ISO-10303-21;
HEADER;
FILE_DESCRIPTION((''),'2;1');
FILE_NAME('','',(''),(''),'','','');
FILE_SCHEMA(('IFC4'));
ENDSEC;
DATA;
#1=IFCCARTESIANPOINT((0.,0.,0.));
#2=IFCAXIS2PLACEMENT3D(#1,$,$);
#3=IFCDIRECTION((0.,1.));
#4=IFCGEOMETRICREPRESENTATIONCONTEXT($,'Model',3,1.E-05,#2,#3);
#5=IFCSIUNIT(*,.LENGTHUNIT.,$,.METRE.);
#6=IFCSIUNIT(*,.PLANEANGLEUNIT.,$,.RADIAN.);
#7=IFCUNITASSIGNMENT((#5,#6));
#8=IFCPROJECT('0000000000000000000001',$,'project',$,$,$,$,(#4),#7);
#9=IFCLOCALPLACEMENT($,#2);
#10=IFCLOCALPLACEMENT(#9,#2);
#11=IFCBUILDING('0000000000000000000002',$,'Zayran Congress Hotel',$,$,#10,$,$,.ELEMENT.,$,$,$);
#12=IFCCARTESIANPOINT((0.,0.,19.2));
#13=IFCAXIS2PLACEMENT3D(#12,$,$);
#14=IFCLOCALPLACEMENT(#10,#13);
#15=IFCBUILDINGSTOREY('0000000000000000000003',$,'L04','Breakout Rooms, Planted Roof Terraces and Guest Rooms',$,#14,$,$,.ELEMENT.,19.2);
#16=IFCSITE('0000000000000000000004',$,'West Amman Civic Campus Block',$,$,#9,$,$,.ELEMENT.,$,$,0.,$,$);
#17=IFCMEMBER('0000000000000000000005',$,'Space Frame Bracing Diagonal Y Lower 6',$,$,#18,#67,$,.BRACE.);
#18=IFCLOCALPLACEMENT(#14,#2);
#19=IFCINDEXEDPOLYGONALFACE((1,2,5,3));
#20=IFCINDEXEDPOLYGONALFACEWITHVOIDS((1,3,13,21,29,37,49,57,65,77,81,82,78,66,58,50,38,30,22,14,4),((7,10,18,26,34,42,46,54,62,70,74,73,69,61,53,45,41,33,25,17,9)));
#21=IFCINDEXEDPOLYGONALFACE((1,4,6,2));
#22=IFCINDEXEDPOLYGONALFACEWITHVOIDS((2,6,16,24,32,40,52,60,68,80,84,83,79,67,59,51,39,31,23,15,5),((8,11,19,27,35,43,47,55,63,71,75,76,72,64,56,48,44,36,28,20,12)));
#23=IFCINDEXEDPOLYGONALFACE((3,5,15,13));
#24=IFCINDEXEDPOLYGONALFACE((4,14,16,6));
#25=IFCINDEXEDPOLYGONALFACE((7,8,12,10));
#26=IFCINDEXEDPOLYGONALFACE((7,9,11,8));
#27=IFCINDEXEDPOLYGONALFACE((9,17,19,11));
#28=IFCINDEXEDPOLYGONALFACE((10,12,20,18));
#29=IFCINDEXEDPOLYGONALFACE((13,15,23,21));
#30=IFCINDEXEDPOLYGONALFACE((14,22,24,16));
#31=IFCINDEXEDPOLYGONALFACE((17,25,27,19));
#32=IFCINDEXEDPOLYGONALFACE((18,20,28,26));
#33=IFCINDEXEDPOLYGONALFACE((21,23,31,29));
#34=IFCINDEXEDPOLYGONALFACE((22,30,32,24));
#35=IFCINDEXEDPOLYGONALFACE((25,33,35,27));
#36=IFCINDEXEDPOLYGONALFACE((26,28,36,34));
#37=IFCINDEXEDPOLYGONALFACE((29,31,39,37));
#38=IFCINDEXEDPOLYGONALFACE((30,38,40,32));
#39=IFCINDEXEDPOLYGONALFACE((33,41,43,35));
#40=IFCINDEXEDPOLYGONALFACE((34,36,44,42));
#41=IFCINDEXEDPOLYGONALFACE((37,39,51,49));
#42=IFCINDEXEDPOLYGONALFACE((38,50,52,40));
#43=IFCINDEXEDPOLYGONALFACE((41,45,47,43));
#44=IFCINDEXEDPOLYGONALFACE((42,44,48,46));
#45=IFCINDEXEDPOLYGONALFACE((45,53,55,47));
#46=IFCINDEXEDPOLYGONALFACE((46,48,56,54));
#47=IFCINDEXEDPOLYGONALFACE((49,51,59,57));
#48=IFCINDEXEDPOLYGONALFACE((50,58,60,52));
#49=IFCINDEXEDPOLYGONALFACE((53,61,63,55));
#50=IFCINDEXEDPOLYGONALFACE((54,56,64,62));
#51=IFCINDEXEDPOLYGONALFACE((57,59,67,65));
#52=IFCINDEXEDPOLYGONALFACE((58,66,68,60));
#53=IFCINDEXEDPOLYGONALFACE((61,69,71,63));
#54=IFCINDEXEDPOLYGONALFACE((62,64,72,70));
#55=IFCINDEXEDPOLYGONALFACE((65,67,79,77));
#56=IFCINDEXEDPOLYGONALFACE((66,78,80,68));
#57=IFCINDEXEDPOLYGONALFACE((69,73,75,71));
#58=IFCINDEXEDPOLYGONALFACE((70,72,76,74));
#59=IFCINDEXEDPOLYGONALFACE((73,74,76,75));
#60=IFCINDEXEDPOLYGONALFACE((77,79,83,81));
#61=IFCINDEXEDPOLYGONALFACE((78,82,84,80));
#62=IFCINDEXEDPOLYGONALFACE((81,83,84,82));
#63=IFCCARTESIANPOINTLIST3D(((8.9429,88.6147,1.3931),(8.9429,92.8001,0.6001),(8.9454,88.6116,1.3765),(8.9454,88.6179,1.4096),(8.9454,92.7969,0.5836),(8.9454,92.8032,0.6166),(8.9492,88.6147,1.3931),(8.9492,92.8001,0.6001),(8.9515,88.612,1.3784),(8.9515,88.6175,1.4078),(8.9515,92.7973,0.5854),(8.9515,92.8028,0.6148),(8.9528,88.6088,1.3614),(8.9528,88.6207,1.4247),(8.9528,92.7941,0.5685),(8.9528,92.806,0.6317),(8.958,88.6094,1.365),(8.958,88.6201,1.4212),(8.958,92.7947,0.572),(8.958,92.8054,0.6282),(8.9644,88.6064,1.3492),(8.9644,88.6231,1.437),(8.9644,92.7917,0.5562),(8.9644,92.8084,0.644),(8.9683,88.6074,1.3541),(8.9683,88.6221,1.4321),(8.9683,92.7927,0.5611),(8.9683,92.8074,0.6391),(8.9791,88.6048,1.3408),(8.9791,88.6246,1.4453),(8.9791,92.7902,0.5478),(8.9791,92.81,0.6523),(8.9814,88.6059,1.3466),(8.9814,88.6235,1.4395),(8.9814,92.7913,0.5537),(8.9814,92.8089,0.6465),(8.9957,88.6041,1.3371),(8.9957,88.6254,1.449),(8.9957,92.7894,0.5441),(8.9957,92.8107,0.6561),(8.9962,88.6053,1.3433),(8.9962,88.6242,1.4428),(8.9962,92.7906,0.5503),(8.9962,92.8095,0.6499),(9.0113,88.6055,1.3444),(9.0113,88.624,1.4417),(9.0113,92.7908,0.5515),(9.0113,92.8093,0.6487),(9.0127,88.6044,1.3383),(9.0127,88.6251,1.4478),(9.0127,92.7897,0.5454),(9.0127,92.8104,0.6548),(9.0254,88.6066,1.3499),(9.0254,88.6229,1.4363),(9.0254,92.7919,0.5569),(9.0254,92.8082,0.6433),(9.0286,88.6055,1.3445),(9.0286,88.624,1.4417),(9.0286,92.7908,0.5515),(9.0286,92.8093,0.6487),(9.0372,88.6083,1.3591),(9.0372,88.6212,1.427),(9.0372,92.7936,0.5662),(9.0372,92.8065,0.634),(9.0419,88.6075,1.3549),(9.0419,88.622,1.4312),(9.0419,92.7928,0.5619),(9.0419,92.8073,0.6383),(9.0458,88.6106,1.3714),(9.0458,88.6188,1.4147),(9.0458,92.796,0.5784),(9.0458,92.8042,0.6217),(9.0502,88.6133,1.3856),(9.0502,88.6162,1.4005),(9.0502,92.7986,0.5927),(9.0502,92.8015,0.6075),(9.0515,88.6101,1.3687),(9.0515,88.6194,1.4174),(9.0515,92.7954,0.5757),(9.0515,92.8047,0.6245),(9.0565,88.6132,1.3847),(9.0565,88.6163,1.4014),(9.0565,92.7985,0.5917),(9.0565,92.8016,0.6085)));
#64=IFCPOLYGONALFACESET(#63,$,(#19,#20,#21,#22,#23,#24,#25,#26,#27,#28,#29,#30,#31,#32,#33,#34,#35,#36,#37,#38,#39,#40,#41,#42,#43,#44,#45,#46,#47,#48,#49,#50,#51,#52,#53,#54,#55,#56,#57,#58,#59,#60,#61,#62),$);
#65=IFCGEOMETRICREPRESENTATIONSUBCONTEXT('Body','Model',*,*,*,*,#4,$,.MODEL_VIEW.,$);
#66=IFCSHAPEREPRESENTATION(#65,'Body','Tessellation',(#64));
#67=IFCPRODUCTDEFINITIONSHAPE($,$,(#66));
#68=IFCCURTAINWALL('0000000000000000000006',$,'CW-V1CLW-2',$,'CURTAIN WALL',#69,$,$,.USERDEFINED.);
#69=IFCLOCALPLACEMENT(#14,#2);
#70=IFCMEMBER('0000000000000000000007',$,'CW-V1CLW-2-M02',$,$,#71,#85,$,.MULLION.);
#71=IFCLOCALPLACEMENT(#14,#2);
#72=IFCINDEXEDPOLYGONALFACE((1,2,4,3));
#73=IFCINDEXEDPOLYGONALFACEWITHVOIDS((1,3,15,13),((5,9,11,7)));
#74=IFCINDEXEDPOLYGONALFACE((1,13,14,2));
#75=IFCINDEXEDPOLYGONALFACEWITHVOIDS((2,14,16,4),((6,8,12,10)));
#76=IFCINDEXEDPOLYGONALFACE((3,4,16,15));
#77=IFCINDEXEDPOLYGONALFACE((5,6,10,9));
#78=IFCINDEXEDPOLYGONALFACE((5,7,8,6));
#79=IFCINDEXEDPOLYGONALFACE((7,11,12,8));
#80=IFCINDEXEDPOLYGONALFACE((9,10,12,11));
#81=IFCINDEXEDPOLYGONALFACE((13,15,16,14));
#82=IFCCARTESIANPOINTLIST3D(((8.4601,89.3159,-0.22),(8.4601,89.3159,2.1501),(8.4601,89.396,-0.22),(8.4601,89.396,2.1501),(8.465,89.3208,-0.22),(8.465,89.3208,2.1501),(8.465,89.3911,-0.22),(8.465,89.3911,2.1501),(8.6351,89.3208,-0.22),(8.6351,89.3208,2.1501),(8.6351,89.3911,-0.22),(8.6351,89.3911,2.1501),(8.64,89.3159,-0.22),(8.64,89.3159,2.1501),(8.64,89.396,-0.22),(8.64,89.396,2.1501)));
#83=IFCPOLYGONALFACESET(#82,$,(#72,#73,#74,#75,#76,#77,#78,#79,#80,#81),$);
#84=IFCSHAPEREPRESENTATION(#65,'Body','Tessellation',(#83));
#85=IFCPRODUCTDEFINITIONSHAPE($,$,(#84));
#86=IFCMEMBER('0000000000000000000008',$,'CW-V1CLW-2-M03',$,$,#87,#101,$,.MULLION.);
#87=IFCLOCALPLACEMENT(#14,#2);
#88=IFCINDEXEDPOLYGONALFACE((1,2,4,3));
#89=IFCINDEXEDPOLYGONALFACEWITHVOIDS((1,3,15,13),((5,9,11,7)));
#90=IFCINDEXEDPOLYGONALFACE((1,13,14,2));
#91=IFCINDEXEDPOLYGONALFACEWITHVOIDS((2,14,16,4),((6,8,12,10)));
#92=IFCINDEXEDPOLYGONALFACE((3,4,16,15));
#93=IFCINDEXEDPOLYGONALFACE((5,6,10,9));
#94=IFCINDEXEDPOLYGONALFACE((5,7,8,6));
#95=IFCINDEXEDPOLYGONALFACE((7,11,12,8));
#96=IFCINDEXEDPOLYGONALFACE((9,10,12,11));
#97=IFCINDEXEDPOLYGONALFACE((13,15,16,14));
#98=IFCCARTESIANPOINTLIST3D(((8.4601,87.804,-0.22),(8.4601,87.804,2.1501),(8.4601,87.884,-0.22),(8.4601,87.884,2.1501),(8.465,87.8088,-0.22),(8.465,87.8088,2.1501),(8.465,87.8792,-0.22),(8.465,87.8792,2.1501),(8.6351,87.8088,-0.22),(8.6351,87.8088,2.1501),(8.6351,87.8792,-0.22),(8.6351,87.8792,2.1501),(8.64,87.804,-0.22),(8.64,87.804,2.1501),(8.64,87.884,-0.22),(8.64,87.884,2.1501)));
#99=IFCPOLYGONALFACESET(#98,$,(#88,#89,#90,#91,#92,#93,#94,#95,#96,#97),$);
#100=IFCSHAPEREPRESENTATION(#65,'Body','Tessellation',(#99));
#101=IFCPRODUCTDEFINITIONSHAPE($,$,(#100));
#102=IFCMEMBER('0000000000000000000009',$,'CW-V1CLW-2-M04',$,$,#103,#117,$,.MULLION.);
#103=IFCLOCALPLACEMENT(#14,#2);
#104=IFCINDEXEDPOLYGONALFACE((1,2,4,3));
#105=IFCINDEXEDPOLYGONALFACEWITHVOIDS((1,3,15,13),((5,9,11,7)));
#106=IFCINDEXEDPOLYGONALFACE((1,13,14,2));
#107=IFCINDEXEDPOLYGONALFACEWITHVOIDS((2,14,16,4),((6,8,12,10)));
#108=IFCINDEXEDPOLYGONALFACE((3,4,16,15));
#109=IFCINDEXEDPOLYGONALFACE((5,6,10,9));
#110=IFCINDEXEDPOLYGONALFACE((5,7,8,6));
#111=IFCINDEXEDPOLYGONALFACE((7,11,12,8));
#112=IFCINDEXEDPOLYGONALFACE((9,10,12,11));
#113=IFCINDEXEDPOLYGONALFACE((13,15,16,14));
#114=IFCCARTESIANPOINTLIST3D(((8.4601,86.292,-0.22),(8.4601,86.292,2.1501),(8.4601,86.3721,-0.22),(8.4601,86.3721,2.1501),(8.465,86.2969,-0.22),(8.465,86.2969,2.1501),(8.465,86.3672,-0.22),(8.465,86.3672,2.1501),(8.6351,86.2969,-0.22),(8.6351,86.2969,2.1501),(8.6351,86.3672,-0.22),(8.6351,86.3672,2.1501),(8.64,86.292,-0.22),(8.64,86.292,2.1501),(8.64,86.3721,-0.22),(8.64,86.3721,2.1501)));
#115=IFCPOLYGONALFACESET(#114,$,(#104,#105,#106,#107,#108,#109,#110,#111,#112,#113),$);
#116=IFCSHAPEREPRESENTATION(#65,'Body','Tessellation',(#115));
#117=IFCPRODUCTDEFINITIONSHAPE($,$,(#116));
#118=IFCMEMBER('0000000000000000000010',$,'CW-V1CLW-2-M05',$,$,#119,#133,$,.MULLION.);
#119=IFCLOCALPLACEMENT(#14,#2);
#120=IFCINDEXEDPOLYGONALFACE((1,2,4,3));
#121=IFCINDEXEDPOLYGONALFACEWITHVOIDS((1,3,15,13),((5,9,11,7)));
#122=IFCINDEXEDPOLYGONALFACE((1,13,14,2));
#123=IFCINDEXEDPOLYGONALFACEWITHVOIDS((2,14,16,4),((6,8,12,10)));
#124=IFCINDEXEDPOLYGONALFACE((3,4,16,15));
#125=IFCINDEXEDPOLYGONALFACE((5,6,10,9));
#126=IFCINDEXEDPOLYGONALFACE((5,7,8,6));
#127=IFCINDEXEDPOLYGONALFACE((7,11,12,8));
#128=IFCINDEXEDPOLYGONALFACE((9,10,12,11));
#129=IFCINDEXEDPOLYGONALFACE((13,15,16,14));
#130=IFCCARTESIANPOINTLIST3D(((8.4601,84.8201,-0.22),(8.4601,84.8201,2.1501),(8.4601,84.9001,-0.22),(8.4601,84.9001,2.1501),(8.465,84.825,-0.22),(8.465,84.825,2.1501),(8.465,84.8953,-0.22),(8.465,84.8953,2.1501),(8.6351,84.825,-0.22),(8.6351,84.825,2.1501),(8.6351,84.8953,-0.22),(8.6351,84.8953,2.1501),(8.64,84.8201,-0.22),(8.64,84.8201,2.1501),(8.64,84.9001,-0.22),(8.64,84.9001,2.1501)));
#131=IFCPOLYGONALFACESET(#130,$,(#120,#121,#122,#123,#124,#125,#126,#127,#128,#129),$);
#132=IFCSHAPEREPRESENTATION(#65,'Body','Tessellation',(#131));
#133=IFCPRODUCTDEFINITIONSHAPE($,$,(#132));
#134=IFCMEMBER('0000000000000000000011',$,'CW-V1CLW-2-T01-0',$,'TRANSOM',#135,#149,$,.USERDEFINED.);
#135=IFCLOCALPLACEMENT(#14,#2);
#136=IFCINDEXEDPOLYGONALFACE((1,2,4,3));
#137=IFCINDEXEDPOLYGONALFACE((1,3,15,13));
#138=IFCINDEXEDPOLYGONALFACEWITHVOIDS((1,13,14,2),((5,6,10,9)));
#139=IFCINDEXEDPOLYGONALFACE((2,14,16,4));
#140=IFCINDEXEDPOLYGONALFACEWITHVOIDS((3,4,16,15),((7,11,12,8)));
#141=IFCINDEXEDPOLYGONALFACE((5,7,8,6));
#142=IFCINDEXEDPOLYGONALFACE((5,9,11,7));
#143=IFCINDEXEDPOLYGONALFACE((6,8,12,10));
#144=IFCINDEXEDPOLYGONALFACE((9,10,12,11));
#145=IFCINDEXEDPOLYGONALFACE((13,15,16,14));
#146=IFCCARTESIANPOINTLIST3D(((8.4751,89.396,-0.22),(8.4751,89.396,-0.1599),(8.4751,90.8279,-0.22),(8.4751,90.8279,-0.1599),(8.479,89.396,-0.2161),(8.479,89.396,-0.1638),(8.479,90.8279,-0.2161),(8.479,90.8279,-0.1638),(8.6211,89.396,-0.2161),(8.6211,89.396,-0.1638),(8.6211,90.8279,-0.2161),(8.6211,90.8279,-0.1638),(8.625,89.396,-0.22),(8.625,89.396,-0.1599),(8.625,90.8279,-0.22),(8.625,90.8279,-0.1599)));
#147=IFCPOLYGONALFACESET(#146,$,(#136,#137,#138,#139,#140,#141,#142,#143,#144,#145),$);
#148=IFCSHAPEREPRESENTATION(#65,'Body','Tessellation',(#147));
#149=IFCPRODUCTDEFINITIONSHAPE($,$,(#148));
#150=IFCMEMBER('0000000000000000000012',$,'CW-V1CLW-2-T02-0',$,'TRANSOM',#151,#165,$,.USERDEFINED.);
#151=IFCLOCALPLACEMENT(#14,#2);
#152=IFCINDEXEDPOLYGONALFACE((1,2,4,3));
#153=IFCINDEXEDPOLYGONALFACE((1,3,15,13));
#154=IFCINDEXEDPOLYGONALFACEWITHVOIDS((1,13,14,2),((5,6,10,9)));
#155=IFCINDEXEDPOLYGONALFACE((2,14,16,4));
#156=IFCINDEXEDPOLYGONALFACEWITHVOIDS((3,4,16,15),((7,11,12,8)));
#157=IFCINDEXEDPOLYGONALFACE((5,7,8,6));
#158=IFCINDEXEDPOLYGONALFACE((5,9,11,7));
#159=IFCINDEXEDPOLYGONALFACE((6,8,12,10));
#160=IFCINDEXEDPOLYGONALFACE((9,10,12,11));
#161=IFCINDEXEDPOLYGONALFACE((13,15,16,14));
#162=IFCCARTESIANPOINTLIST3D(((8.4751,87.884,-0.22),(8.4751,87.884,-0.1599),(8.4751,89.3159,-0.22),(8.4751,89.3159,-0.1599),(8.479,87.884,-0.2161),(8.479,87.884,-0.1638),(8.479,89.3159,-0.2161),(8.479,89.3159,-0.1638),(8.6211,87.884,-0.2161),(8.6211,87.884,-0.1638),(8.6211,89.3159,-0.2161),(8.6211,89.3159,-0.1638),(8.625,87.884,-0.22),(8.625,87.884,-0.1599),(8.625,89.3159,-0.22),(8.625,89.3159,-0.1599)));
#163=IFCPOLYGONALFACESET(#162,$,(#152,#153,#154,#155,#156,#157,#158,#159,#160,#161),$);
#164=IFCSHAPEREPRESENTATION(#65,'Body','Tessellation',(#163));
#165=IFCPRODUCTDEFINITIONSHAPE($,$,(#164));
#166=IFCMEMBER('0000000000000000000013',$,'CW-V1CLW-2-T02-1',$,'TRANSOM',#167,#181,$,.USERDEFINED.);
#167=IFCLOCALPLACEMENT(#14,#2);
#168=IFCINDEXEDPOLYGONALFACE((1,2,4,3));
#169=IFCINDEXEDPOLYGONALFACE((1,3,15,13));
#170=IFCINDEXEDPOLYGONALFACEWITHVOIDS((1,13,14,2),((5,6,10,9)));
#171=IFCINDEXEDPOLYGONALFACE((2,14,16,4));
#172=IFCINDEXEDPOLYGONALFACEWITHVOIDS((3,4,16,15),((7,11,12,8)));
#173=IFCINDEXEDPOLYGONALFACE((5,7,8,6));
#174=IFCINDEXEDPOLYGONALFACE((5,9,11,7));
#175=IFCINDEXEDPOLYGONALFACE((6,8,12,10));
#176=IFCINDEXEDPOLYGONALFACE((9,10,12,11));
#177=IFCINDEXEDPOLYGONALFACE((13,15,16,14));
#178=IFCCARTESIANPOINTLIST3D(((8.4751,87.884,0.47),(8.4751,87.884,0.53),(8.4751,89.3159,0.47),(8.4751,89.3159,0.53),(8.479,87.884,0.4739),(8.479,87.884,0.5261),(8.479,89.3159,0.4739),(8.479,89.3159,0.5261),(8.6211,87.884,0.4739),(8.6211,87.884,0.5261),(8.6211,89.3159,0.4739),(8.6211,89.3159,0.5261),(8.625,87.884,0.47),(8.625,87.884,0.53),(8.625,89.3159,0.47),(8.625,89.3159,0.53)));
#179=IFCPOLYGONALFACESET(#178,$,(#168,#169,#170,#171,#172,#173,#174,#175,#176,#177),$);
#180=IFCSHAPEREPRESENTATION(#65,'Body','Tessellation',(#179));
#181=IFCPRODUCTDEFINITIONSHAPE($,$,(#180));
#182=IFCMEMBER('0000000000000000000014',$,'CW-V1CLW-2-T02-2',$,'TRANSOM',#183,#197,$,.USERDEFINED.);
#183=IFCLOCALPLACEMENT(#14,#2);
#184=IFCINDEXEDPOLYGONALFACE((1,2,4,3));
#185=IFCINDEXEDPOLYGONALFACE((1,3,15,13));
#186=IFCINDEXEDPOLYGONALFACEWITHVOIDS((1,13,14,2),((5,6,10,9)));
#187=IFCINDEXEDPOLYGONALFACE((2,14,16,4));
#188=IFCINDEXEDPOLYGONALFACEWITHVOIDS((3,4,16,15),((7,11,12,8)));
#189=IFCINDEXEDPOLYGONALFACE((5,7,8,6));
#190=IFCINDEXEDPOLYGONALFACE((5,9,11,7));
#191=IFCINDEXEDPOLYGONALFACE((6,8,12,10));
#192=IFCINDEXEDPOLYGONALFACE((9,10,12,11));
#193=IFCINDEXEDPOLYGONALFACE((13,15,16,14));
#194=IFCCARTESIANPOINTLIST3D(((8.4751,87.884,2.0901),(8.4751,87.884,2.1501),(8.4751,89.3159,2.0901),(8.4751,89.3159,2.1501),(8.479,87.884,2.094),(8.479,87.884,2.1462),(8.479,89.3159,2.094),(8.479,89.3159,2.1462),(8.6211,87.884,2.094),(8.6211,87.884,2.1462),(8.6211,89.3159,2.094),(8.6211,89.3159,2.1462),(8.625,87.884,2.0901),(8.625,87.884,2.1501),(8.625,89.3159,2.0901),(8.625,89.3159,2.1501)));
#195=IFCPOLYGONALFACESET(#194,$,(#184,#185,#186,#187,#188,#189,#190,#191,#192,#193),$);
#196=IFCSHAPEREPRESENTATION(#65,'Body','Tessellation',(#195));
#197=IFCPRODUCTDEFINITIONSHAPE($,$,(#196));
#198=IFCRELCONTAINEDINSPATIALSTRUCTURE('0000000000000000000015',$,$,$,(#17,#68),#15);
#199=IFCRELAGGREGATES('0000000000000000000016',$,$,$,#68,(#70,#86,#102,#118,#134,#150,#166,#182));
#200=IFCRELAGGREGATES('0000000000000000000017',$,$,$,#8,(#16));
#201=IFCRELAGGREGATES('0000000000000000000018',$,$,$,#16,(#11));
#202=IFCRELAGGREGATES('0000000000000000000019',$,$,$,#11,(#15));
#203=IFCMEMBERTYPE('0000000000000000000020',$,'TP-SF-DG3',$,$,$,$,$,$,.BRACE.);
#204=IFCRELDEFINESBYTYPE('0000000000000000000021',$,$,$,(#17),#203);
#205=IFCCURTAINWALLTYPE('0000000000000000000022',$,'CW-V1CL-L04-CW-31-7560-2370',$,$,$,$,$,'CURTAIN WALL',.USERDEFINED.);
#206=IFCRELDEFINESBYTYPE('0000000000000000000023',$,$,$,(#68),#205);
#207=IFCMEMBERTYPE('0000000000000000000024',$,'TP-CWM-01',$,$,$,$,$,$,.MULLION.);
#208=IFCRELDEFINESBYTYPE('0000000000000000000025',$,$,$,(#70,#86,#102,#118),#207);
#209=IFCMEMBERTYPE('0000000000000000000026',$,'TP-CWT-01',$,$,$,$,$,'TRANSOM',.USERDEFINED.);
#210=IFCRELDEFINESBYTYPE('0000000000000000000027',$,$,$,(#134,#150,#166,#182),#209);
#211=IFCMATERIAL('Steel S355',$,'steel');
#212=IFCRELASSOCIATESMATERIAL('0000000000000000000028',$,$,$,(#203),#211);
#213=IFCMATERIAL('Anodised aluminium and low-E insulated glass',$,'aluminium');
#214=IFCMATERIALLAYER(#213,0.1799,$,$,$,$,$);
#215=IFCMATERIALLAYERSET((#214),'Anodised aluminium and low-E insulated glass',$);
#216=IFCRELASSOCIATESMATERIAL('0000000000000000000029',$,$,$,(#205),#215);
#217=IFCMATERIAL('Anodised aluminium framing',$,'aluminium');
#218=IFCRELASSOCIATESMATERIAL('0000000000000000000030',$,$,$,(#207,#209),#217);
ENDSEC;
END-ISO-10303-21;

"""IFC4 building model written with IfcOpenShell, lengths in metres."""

from ifc_helpers import new_model, si_unit, direction, frame, origin, origin_2d, place, context, subcontext, project, spatial, hollow_rectangle, hollow_circle, extrude, material, layer, layer_set, material_profile, profile_set, type_object, element, aggregate, save


model = new_model("IFC4")

# Units and contexts
model_context = context("Model", 3, precision=1e-05, world=origin(), true_north=direction((0.0, 1.0)))
body_context = subcontext(model_context, "Body", "Model", "MODEL_VIEW")
ifc_project = project(units=[si_unit("LENGTHUNIT", "METRE"), si_unit("PLANEANGLEUNIT", "RADIAN")], contexts=[model_context])

# Site, building, storey
site_placement = place(None, origin())
site = spatial("IfcSite", under=ifc_project, at=site_placement, Name="West Amman Civic Campus Block", CompositionType="ELEMENT", RefElevation=0.0)
building_placement = place(site_placement, origin())
building = spatial("IfcBuilding", under=site, at=building_placement, Name="Zayran Congress Hotel", CompositionType="ELEMENT")
storey_placement = place(building_placement, frame((0.0, 0.0, 19.2)))
storey = spatial("IfcBuildingStorey", under=building, at=storey_placement, Name="L04", Description="Breakout Rooms, Planted Roof Terraces and Guest Rooms", CompositionType="ELEMENT", Elevation=19.2)

# Member
ifc_material_1 = material(Name="Steel S355", Category="steel")
ifc_material_profile_1 = material_profile(ifc_material_1, hollow_circle(Radius=0.0571, WallThickness=0.0063, at=origin_2d()), Name="CHS 114.3x6.3")
ifc_profile_set_1 = profile_set([ifc_material_profile_1], Name="Steel S355")
member_type_1 = type_object("IfcMemberType", Name="TP-SF-DG3", PredefinedType="BRACE", material=ifc_profile_set_1)
member_1_placement = place(storey_placement, frame((9.0, 88.6147, 1.3931), z_axis=(0.0, 0.982521, -0.186153), x_axis=(-1.0, 0.0, 0.0)))
element("IfcMember", 1, at=member_1_placement, inside=storey, type_object=member_type_1, Name="Space Frame Bracing Diagonal Y Lower 6", PredefinedType="BRACE", context=body_context, shape_type="SweptSolid", body=[
    extrude(hollow_circle(Radius=0.0571, WallThickness=0.0063, at=origin_2d()), origin(), (0.0, 0.0, 1.0), 4.2598),
])

# Curtain wall, members
ifc_material_2 = material(Name="Anodised aluminium and low-E insulated glass", Category="aluminium")
ifc_layer_1 = layer(ifc_material_2, 0.1799)
ifc_layer_set_1 = layer_set([ifc_layer_1], Name="Anodised aluminium and low-E insulated glass")
curtain_wall_type = type_object("IfcCurtainWallType", Name="CW-V1CL-L04-CW-31-7560-2370", ElementType="CURTAIN WALL", PredefinedType="USERDEFINED", material=ifc_layer_set_1)
curtain_wall_placement = place(storey_placement, origin())
curtain_wall = element("IfcCurtainWall", 2, at=curtain_wall_placement, inside=storey, type_object=curtain_wall_type, Name="CW-V1CLW-2", ObjectType="CURTAIN WALL", PredefinedType="USERDEFINED")
ifc_material_3 = material(Name="Anodised aluminium framing", Category="aluminium")
ifc_material_profile_2 = material_profile(ifc_material_3, hollow_rectangle(XDim=0.0801, YDim=0.1799, WallThickness=0.0049, at=origin_2d()), Name="RHS 180x80x5")
ifc_profile_set_2 = profile_set([ifc_material_profile_2], Name="Anodised aluminium framing")
member_type_2 = type_object("IfcMemberType", Name="TP-CWM-01", PredefinedType="MULLION", material=ifc_profile_set_2)
member_2_placement = place(storey_placement, frame((8.55, 89.356, -0.22), z_axis=(0.0, 0.0, 1.0), x_axis=(0.0, 1.0, 0.0)))
member_2 = element("IfcMember", 3, at=member_2_placement, type_object=member_type_2, Name="CW-V1CLW-2-M02", PredefinedType="MULLION", context=body_context, shape_type="SweptSolid", body=[
    extrude(hollow_rectangle(XDim=0.0801, YDim=0.1799, WallThickness=0.0049, at=origin_2d()), origin(), (0.0, 0.0, 1.0), 2.3701),
])
member_3_placement = place(storey_placement, frame((8.55, 87.844, -0.22), z_axis=(0.0, 0.0, 1.0), x_axis=(0.0, 1.0, 0.0)))
member_3 = element("IfcMember", 4, at=member_3_placement, type_object=member_type_2, Name="CW-V1CLW-2-M03", PredefinedType="MULLION", context=body_context, shape_type="SweptSolid", body=[
    extrude(hollow_rectangle(XDim=0.0801, YDim=0.1799, WallThickness=0.0049, at=origin_2d()), origin(), (0.0, 0.0, 1.0), 2.3701),
])
member_4_placement = place(storey_placement, frame((8.55, 86.332, -0.22), z_axis=(0.0, 0.0, 1.0), x_axis=(0.0, 1.0, 0.0)))
member_4 = element("IfcMember", 5, at=member_4_placement, type_object=member_type_2, Name="CW-V1CLW-2-M04", PredefinedType="MULLION", context=body_context, shape_type="SweptSolid", body=[
    extrude(hollow_rectangle(XDim=0.0801, YDim=0.1799, WallThickness=0.0049, at=origin_2d()), origin(), (0.0, 0.0, 1.0), 2.3701),
])
member_5_placement = place(storey_placement, frame((8.55, 84.8601, -0.22), z_axis=(0.0, 0.0, 1.0), x_axis=(0.0, 1.0, 0.0)))
member_5 = element("IfcMember", 6, at=member_5_placement, type_object=member_type_2, Name="CW-V1CLW-2-M05", PredefinedType="MULLION", context=body_context, shape_type="SweptSolid", body=[
    extrude(hollow_rectangle(XDim=0.0801, YDim=0.1799, WallThickness=0.0049, at=origin_2d()), origin(), (0.0, 0.0, 1.0), 2.3701),
])
ifc_material_profile_3 = material_profile(ifc_material_3, hollow_rectangle(XDim=0.0601, YDim=0.1499, WallThickness=0.0039, at=origin_2d()), Name="RHS 150x60x4")
ifc_profile_set_3 = profile_set([ifc_material_profile_3], Name="Anodised aluminium framing")
member_type_3 = type_object("IfcMemberType", Name="TP-CWT-01", ElementType="TRANSOM", PredefinedType="USERDEFINED", material=ifc_profile_set_3)
member_6_placement = place(storey_placement, frame((8.55, 90.8279, -0.1899), z_axis=(0.0, -1.0, 0.0), x_axis=(0.0, 0.0, 1.0)))
member_6 = element("IfcMember", 7, at=member_6_placement, type_object=member_type_3, Name="CW-V1CLW-2-T01-0", ObjectType="TRANSOM", PredefinedType="USERDEFINED", context=body_context, shape_type="SweptSolid", body=[
    extrude(hollow_rectangle(XDim=0.0601, YDim=0.1499, WallThickness=0.0039, at=origin_2d()), origin(), (0.0, 0.0, 1.0), 1.4319),
])
member_7_placement = place(storey_placement, frame((8.55, 89.3159, -0.1899), z_axis=(0.0, -1.0, 0.0), x_axis=(0.0, 0.0, 1.0)))
member_7 = element("IfcMember", 8, at=member_7_placement, type_object=member_type_3, Name="CW-V1CLW-2-T02-0", ObjectType="TRANSOM", PredefinedType="USERDEFINED", context=body_context, shape_type="SweptSolid", body=[
    extrude(hollow_rectangle(XDim=0.0601, YDim=0.1499, WallThickness=0.0039, at=origin_2d()), origin(), (0.0, 0.0, 1.0), 1.4319),
])
member_8_placement = place(storey_placement, frame((8.55, 89.3159, 0.5), z_axis=(0.0, -1.0, 0.0), x_axis=(0.0, 0.0, 1.0)))
member_8 = element("IfcMember", 9, at=member_8_placement, type_object=member_type_3, Name="CW-V1CLW-2-T02-1", ObjectType="TRANSOM", PredefinedType="USERDEFINED", context=body_context, shape_type="SweptSolid", body=[
    extrude(hollow_rectangle(XDim=0.0601, YDim=0.1499, WallThickness=0.0039, at=origin_2d()), origin(), (0.0, 0.0, 1.0), 1.4319),
])
member_9_placement = place(storey_placement, frame((8.55, 89.3159, 2.1201), z_axis=(0.0, -1.0, 0.0), x_axis=(0.0, 0.0, 1.0)))
member_9 = element("IfcMember", 10, at=member_9_placement, type_object=member_type_3, Name="CW-V1CLW-2-T02-2", ObjectType="TRANSOM", PredefinedType="USERDEFINED", context=body_context, shape_type="SweptSolid", body=[
    extrude(hollow_rectangle(XDim=0.0601, YDim=0.1499, WallThickness=0.0039, at=origin_2d()), origin(), (0.0, 0.0, 1.0), 1.4319),
])

aggregate(curtain_wall, [member_2, member_3, member_4, member_5, member_6, member_7, member_8, member_9])

save(model, "model.ifc")
